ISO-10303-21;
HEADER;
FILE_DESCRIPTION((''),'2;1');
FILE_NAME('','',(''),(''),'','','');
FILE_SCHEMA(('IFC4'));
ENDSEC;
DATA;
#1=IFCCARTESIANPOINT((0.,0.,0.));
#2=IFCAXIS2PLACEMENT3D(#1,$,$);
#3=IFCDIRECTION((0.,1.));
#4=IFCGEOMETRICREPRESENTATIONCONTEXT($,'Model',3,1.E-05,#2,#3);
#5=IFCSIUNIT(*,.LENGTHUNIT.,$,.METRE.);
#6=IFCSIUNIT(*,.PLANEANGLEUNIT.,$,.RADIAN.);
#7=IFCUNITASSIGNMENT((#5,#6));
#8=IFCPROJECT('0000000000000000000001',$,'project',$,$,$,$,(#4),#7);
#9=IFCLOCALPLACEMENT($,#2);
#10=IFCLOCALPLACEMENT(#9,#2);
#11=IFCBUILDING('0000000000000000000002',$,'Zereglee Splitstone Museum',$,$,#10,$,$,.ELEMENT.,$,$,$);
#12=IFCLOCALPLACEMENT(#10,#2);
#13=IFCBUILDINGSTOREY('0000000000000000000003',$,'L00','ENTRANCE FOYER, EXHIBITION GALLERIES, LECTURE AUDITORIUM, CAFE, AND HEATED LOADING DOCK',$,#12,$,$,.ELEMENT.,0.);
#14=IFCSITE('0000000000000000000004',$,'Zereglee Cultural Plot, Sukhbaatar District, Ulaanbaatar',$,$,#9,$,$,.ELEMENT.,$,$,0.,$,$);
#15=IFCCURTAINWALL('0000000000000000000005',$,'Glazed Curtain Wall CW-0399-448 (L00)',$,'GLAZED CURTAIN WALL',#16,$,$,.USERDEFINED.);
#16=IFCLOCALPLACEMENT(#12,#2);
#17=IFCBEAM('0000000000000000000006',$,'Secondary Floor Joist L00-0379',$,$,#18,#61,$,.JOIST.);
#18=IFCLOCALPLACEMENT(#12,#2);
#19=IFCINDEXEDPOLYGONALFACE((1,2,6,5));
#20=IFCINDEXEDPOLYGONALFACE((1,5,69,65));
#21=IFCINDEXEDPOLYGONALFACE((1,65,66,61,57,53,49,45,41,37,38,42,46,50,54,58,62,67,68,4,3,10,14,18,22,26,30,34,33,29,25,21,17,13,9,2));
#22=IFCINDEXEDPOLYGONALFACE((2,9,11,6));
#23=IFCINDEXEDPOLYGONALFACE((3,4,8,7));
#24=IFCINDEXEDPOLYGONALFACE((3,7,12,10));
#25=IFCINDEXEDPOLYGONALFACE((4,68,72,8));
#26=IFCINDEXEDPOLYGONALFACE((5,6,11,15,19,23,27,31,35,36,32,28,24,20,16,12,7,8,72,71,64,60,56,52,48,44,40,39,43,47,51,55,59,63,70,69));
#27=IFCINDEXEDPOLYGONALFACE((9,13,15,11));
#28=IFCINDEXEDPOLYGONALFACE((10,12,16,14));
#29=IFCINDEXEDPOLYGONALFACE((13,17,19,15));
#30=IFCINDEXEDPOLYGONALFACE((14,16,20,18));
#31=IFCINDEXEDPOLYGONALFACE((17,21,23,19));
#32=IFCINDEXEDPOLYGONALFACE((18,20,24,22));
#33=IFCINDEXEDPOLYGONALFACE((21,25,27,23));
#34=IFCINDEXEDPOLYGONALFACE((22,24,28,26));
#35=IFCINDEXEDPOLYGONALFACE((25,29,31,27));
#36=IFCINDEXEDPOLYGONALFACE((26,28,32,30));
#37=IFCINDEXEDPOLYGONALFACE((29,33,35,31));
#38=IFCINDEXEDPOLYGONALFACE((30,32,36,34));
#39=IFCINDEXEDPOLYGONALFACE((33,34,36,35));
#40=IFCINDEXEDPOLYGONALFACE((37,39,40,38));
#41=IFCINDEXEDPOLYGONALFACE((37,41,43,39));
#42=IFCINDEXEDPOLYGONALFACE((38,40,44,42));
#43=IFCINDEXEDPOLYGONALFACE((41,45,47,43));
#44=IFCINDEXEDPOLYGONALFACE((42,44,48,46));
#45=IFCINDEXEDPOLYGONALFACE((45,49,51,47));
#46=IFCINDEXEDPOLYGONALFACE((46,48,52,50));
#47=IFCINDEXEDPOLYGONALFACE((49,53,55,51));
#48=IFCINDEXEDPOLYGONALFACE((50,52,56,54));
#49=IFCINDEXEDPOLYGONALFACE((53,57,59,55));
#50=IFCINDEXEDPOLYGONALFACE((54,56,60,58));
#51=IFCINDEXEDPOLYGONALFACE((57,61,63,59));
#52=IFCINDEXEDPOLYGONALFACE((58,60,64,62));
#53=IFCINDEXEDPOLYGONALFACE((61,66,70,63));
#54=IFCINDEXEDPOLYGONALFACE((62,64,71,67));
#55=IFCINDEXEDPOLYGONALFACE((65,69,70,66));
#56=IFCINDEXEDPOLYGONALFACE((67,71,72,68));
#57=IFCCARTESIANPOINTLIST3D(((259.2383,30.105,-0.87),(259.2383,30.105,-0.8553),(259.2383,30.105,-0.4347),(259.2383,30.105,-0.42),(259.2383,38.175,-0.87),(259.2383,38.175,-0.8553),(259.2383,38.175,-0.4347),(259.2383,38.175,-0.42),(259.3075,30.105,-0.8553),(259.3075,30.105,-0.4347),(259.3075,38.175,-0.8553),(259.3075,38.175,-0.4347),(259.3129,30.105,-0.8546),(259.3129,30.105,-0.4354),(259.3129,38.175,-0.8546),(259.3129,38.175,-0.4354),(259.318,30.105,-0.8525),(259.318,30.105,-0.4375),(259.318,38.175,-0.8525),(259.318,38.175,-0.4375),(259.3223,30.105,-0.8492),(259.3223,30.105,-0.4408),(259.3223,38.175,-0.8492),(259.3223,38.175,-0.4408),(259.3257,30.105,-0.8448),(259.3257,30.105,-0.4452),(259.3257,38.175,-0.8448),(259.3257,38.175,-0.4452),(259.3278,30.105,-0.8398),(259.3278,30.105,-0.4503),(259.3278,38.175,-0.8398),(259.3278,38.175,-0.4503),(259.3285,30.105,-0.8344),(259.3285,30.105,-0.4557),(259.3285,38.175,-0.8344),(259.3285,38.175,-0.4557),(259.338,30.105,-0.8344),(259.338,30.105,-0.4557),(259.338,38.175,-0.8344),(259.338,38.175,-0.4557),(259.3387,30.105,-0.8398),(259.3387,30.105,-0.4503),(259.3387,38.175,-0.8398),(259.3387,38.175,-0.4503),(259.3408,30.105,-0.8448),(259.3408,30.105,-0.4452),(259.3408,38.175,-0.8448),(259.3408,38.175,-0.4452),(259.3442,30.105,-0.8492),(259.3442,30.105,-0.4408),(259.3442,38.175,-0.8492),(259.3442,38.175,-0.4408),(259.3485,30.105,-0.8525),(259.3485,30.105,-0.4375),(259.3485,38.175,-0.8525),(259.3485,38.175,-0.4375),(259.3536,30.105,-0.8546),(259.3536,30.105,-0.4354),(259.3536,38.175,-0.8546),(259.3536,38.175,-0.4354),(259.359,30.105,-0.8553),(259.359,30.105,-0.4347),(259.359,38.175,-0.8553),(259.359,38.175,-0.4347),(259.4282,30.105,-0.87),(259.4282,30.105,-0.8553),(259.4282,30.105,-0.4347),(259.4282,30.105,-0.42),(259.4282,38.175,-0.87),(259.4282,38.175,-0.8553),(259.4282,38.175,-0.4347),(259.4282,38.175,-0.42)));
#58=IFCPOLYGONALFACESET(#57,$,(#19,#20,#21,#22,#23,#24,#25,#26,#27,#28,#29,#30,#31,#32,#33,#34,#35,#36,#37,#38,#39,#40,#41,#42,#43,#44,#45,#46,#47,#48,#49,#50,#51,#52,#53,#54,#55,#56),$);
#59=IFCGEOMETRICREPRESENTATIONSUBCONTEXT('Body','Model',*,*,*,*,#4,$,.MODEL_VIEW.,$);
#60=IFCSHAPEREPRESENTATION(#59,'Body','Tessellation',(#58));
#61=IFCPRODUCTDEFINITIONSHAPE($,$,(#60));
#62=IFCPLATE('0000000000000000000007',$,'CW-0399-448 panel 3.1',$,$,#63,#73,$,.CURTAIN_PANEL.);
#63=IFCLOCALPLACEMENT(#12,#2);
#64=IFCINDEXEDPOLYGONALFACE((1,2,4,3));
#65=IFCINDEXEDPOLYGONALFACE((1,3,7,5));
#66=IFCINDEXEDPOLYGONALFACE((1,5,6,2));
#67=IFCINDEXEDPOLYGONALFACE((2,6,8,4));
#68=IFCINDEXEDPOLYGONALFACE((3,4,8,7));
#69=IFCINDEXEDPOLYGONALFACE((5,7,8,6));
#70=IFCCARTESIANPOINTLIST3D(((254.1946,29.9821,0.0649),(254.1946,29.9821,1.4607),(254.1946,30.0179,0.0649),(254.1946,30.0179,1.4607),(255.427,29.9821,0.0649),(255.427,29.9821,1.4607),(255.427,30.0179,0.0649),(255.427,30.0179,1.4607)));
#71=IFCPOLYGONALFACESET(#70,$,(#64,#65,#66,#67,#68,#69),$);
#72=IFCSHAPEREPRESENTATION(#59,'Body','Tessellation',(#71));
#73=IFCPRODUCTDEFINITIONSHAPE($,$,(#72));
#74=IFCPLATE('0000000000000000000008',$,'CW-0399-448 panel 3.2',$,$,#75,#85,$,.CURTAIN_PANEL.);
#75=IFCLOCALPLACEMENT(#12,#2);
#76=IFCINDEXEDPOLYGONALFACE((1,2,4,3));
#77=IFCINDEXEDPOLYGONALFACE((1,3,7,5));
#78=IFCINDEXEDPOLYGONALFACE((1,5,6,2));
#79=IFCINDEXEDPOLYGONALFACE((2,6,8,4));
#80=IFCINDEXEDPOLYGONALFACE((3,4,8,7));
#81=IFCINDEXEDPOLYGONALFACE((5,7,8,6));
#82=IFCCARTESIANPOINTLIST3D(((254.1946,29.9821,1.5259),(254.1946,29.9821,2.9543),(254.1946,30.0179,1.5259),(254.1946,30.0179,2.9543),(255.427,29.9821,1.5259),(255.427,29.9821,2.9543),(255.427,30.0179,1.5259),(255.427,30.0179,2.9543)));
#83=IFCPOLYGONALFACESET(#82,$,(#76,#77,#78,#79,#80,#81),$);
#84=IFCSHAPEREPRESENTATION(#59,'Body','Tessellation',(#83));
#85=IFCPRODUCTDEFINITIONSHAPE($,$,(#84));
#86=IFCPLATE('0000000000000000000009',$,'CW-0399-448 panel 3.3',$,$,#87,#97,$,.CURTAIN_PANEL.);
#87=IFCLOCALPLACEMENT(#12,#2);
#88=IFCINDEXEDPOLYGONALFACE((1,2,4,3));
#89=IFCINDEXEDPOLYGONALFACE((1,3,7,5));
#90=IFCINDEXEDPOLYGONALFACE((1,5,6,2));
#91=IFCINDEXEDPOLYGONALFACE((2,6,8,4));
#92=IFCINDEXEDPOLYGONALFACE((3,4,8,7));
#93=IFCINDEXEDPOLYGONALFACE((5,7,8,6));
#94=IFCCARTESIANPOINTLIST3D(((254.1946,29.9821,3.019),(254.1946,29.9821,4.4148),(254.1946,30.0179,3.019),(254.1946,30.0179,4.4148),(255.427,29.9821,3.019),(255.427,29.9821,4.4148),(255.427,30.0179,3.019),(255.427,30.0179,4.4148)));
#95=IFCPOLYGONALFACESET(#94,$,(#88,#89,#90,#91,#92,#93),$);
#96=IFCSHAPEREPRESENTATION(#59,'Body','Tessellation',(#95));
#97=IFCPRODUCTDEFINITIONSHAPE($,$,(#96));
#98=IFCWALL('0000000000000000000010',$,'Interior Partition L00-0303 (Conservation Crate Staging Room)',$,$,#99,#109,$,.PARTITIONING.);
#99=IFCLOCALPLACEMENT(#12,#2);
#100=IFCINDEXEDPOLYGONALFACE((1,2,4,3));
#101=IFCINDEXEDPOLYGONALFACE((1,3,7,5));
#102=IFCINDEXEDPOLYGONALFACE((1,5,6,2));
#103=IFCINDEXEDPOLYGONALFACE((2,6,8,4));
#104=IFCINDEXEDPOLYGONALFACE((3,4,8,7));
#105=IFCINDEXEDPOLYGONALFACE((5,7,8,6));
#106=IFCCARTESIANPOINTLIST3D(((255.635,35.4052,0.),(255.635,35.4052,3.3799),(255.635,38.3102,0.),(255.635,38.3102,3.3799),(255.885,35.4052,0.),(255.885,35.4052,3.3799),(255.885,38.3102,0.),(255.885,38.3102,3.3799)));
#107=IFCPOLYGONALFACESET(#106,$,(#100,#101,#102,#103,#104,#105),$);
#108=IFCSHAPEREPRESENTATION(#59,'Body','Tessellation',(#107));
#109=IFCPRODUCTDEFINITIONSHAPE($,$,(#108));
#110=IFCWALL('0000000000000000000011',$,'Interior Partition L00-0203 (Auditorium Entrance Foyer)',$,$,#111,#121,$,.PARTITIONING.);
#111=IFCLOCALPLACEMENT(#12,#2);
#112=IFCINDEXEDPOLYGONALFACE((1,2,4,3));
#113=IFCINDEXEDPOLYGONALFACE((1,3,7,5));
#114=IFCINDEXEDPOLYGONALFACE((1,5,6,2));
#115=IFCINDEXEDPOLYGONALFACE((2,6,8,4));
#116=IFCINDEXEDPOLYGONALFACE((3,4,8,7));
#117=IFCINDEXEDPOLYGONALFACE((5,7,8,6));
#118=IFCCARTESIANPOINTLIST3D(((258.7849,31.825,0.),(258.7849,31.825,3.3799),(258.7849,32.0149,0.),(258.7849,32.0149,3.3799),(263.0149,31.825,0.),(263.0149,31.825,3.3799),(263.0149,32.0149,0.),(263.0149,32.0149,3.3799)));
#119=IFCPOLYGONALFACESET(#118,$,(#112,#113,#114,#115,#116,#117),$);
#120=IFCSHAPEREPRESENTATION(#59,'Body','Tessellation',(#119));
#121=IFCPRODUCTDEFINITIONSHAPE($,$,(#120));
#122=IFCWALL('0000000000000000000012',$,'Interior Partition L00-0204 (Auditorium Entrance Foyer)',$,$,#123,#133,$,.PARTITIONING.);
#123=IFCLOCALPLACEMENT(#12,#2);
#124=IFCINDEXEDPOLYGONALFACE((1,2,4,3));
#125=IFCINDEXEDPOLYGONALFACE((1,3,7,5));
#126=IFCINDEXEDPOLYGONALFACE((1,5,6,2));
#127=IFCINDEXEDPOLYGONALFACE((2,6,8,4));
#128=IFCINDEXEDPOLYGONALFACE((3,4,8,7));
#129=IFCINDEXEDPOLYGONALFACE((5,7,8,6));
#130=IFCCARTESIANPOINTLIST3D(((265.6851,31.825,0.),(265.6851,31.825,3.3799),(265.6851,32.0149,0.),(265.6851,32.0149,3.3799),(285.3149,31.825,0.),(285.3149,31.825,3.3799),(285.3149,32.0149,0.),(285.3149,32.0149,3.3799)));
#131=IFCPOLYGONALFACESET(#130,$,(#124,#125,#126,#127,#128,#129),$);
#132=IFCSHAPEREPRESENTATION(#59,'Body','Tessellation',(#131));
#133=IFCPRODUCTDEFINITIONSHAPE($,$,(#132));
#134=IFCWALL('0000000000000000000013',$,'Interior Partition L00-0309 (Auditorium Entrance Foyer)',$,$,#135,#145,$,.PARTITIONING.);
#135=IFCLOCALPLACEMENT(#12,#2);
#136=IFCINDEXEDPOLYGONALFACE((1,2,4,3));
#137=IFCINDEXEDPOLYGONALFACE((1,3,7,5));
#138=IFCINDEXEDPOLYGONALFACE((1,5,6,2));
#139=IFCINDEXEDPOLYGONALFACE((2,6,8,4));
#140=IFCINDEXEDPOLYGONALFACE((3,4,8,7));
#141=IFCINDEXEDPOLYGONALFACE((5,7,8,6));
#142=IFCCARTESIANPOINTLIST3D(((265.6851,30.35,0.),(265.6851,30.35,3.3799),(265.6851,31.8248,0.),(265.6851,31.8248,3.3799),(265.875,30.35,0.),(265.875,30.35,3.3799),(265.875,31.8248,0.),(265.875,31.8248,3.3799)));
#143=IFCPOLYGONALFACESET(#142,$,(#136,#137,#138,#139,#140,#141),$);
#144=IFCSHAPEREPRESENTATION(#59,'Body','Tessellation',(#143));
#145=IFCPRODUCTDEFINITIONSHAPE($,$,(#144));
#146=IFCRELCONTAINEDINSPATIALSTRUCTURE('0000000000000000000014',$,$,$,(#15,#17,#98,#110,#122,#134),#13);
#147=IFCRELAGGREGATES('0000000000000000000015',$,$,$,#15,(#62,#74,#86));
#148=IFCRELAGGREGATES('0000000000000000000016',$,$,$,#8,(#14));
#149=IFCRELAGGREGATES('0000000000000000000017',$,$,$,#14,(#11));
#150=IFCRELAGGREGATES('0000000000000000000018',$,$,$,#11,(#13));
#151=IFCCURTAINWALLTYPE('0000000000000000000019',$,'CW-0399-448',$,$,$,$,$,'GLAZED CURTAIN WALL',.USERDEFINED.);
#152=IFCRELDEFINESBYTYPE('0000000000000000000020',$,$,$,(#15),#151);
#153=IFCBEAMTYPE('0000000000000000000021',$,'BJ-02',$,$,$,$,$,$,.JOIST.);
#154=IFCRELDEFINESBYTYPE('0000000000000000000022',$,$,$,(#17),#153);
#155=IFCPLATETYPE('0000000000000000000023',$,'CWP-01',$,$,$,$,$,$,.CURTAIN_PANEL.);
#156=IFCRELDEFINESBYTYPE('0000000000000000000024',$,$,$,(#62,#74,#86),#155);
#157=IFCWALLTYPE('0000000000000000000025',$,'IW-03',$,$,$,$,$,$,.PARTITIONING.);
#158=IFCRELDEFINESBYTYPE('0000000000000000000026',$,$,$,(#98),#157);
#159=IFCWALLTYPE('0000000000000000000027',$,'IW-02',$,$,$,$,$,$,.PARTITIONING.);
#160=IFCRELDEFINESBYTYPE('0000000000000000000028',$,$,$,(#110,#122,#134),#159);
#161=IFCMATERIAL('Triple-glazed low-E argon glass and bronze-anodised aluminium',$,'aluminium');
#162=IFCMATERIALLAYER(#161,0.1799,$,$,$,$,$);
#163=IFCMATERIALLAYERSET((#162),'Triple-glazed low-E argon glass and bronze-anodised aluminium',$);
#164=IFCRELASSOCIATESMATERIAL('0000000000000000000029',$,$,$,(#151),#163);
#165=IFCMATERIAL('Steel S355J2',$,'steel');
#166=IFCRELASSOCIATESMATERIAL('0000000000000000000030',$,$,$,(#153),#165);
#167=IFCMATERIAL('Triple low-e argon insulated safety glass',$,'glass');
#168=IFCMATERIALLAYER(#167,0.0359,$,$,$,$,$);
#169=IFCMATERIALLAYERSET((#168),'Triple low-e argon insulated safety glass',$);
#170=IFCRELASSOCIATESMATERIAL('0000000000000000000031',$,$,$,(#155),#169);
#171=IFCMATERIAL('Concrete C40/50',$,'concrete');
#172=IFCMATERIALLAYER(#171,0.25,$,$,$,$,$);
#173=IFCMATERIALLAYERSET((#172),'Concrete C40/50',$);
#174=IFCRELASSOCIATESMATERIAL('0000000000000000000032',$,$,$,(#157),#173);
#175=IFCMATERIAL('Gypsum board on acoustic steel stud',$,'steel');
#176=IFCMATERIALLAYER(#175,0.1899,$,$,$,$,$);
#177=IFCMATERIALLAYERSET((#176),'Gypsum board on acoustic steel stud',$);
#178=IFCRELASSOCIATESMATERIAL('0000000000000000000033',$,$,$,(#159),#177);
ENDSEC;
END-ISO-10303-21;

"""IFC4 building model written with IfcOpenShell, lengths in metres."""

from ifc_helpers import new_model, si_unit, direction, frame, frame_2d, origin, origin_2d, place, context, subcontext, project, spatial, rectangle, i_section, extrude, material, layer, layer_set, material_profile, profile_set, type_object, element, aggregate, save


model = new_model("IFC4")

# Units and contexts
model_context = context("Model", 3, precision=1e-05, world=origin(), true_north=direction((0.0, 1.0)))
body_context = subcontext(model_context, "Body", "Model", "MODEL_VIEW")
ifc_project = project(units=[si_unit("LENGTHUNIT", "METRE"), si_unit("PLANEANGLEUNIT", "RADIAN")], contexts=[model_context])

# Site, building, storey
site_placement = place(None, origin())
site = spatial("IfcSite", under=ifc_project, at=site_placement, Name="Zereglee Cultural Plot, Sukhbaatar District, Ulaanbaatar", CompositionType="ELEMENT", RefElevation=0.0)
building_placement = place(site_placement, origin())
building = spatial("IfcBuilding", under=site, at=building_placement, Name="Zereglee Splitstone Museum", CompositionType="ELEMENT")
storey_placement = place(building_placement, origin())
storey = spatial("IfcBuildingStorey", under=building, at=storey_placement, Name="L00", Description="ENTRANCE FOYER, EXHIBITION GALLERIES, LECTURE AUDITORIUM, CAFE, AND HEATED LOADING DOCK", CompositionType="ELEMENT", Elevation=0.0)

# Curtain wall
ifc_material_1 = material(Name="Triple-glazed low-E argon glass and bronze-anodised aluminium", Category="aluminium")
ifc_layer_1 = layer(ifc_material_1, 0.1799)
ifc_layer_set_1 = layer_set([ifc_layer_1], Name="Triple-glazed low-E argon glass and bronze-anodised aluminium")
curtain_wall_type_1 = type_object("IfcCurtainWallType", Name="CW-0399-448", ElementType="GLAZED CURTAIN WALL", PredefinedType="USERDEFINED", material=ifc_layer_set_1)
curtain_wall_1_placement = place(storey_placement, origin())
curtain_wall_1 = element("IfcCurtainWall", 1, at=curtain_wall_1_placement, inside=storey, type_object=curtain_wall_type_1, Name="Glazed Curtain Wall CW-0399-448 (L00)", ObjectType="GLAZED CURTAIN WALL", PredefinedType="USERDEFINED")

# Beam
ifc_material_2 = material(Name="Steel S355J2", Category="steel")
ifc_material_profile_1 = material_profile(ifc_material_2, i_section(OverallWidth=0.1899, OverallDepth=0.45, WebThickness=0.0095, FlangeThickness=0.0146, FilletRadius=0.021, at=origin_2d()), Name="IPE 450")
ifc_profile_set_1 = profile_set([ifc_material_profile_1], Name="Steel S355J2")
beam_type_1 = type_object("IfcBeamType", Name="BJ-02", PredefinedType="JOIST", material=ifc_profile_set_1)
beam_1_placement = place(storey_placement, frame((259.3333, 30.105, -0.645), z_axis=(0.0, 1.0, 0.0), x_axis=(-1.0, 0.0, 0.0)))
element("IfcBeam", 2, at=beam_1_placement, inside=storey, type_object=beam_type_1, Name="Secondary Floor Joist L00-0379", PredefinedType="JOIST", context=body_context, shape_type="SweptSolid", body=[
    extrude(i_section(OverallWidth=0.1899, OverallDepth=0.45, WebThickness=0.0095, FlangeThickness=0.0146, FilletRadius=0.021, at=origin_2d()), origin(), (0.0, 0.0, 1.0), 8.0701),
])

# Plates
ifc_material_3 = material(Name="Triple low-e argon insulated safety glass", Category="glass")
ifc_layer_2 = layer(ifc_material_3, 0.0359)
ifc_layer_set_2 = layer_set([ifc_layer_2], Name="Triple low-e argon insulated safety glass")
plate_type = type_object("IfcPlateType", Name="CWP-01", PredefinedType="CURTAIN_PANEL", material=ifc_layer_set_2)
plate_1_placement = place(storey_placement, frame((254.8108, 30.0, 0.0649), z_axis=(0.0, 0.0, 1.0), x_axis=(1.0, 0.0, 0.0)))
plate_1 = element("IfcPlate", 3, at=plate_1_placement, type_object=plate_type, Name="CW-0399-448 panel 3.1", PredefinedType="CURTAIN_PANEL", context=body_context, shape_type="SweptSolid", body=[
    extrude(rectangle(XDim=1.2324, YDim=0.0359, at=origin_2d()), origin(), (0.0, 0.0, 1.0), 1.3958),
])
plate_2_placement = place(storey_placement, frame((254.8108, 30.0, 1.5259), z_axis=(0.0, 0.0, 1.0), x_axis=(1.0, 0.0, 0.0)))
plate_2 = element("IfcPlate", 4, at=plate_2_placement, type_object=plate_type, Name="CW-0399-448 panel 3.2", PredefinedType="CURTAIN_PANEL", context=body_context, shape_type="SweptSolid", body=[
    extrude(rectangle(XDim=1.2324, YDim=0.0359, at=origin_2d()), origin(), (0.0, 0.0, 1.0), 1.4285),
])
plate_3_placement = place(storey_placement, frame((254.8108, 30.0, 3.019), z_axis=(0.0, 0.0, 1.0), x_axis=(1.0, 0.0, 0.0)))
plate_3 = element("IfcPlate", 5, at=plate_3_placement, type_object=plate_type, Name="CW-0399-448 panel 3.3", PredefinedType="CURTAIN_PANEL", context=body_context, shape_type="SweptSolid", body=[
    extrude(rectangle(XDim=1.2324, YDim=0.0359, at=origin_2d()), origin(), (0.0, 0.0, 1.0), 1.3958),
])
aggregate(curtain_wall_1, [plate_1, plate_2, plate_3])

# Walls
ifc_material_4 = material(Name="Concrete C40/50", Category="concrete")
ifc_layer_3 = layer(ifc_material_4, 0.25)
ifc_layer_set_3 = layer_set([ifc_layer_3], Name="Concrete C40/50")
wall_type_1 = type_object("IfcWallType", Name="IW-03", PredefinedType="PARTITIONING", material=ifc_layer_set_3)
wall_1_placement = place(storey_placement, frame((255.76, 35.405, 0.0), z_axis=(0.0, 0.0, 1.0), x_axis=(0.0, 1.0, 0.0)))
element("IfcWall", 6, at=wall_1_placement, inside=storey, type_object=wall_type_1, Name="Interior Partition L00-0303 (Conservation Crate Staging Room)", PredefinedType="PARTITIONING", context=body_context, shape_type="SweptSolid", body=[
    extrude(rectangle(XDim=2.905, YDim=0.25, at=frame_2d((1.4526, 0.0))), origin(), (0.0, 0.0, 1.0), 3.3799),
])
ifc_material_5 = material(Name="Gypsum board on acoustic steel stud", Category="steel")
ifc_layer_4 = layer(ifc_material_5, 0.1899)
ifc_layer_set_4 = layer_set([ifc_layer_4], Name="Gypsum board on acoustic steel stud")
wall_type_2 = type_object("IfcWallType", Name="IW-02", PredefinedType="PARTITIONING", material=ifc_layer_set_4)
wall_2_placement = place(storey_placement, frame((258.7849, 31.9199, 0.0), z_axis=(0.0, 0.0, 1.0), x_axis=(1.0, 0.0, 0.0)))
element("IfcWall", 7, at=wall_2_placement, inside=storey, type_object=wall_type_2, Name="Interior Partition L00-0203 (Auditorium Entrance Foyer)", PredefinedType="PARTITIONING", context=body_context, shape_type="SweptSolid", body=[
    extrude(rectangle(XDim=4.23, YDim=0.1899, at=frame_2d((2.115, 0.0))), origin(), (0.0, 0.0, 1.0), 3.3799),
])
wall_3_placement = place(storey_placement, frame((265.6851, 31.9199, 0.0), z_axis=(0.0, 0.0, 1.0), x_axis=(1.0, 0.0, 0.0)))
element("IfcWall", 8, at=wall_3_placement, inside=storey, type_object=wall_type_2, Name="Interior Partition L00-0204 (Auditorium Entrance Foyer)", PredefinedType="PARTITIONING", context=body_context, shape_type="SweptSolid", body=[
    extrude(rectangle(XDim=19.6299, YDim=0.1899, at=frame_2d((9.8149, 0.0))), origin(), (0.0, 0.0, 1.0), 3.3799),
])
wall_4_placement = place(storey_placement, frame((265.78, 30.3501, 0.0), z_axis=(0.0, 0.0, 1.0), x_axis=(0.0, 1.0, 0.0)))
element("IfcWall", 9, at=wall_4_placement, inside=storey, type_object=wall_type_2, Name="Interior Partition L00-0309 (Auditorium Entrance Foyer)", PredefinedType="PARTITIONING", context=body_context, shape_type="SweptSolid", body=[
    extrude(rectangle(XDim=1.4749, YDim=0.1899, at=frame_2d((0.7373, 0.0))), origin(), (0.0, 0.0, 1.0), 3.3799),
])

save(model, "model.ifc")
